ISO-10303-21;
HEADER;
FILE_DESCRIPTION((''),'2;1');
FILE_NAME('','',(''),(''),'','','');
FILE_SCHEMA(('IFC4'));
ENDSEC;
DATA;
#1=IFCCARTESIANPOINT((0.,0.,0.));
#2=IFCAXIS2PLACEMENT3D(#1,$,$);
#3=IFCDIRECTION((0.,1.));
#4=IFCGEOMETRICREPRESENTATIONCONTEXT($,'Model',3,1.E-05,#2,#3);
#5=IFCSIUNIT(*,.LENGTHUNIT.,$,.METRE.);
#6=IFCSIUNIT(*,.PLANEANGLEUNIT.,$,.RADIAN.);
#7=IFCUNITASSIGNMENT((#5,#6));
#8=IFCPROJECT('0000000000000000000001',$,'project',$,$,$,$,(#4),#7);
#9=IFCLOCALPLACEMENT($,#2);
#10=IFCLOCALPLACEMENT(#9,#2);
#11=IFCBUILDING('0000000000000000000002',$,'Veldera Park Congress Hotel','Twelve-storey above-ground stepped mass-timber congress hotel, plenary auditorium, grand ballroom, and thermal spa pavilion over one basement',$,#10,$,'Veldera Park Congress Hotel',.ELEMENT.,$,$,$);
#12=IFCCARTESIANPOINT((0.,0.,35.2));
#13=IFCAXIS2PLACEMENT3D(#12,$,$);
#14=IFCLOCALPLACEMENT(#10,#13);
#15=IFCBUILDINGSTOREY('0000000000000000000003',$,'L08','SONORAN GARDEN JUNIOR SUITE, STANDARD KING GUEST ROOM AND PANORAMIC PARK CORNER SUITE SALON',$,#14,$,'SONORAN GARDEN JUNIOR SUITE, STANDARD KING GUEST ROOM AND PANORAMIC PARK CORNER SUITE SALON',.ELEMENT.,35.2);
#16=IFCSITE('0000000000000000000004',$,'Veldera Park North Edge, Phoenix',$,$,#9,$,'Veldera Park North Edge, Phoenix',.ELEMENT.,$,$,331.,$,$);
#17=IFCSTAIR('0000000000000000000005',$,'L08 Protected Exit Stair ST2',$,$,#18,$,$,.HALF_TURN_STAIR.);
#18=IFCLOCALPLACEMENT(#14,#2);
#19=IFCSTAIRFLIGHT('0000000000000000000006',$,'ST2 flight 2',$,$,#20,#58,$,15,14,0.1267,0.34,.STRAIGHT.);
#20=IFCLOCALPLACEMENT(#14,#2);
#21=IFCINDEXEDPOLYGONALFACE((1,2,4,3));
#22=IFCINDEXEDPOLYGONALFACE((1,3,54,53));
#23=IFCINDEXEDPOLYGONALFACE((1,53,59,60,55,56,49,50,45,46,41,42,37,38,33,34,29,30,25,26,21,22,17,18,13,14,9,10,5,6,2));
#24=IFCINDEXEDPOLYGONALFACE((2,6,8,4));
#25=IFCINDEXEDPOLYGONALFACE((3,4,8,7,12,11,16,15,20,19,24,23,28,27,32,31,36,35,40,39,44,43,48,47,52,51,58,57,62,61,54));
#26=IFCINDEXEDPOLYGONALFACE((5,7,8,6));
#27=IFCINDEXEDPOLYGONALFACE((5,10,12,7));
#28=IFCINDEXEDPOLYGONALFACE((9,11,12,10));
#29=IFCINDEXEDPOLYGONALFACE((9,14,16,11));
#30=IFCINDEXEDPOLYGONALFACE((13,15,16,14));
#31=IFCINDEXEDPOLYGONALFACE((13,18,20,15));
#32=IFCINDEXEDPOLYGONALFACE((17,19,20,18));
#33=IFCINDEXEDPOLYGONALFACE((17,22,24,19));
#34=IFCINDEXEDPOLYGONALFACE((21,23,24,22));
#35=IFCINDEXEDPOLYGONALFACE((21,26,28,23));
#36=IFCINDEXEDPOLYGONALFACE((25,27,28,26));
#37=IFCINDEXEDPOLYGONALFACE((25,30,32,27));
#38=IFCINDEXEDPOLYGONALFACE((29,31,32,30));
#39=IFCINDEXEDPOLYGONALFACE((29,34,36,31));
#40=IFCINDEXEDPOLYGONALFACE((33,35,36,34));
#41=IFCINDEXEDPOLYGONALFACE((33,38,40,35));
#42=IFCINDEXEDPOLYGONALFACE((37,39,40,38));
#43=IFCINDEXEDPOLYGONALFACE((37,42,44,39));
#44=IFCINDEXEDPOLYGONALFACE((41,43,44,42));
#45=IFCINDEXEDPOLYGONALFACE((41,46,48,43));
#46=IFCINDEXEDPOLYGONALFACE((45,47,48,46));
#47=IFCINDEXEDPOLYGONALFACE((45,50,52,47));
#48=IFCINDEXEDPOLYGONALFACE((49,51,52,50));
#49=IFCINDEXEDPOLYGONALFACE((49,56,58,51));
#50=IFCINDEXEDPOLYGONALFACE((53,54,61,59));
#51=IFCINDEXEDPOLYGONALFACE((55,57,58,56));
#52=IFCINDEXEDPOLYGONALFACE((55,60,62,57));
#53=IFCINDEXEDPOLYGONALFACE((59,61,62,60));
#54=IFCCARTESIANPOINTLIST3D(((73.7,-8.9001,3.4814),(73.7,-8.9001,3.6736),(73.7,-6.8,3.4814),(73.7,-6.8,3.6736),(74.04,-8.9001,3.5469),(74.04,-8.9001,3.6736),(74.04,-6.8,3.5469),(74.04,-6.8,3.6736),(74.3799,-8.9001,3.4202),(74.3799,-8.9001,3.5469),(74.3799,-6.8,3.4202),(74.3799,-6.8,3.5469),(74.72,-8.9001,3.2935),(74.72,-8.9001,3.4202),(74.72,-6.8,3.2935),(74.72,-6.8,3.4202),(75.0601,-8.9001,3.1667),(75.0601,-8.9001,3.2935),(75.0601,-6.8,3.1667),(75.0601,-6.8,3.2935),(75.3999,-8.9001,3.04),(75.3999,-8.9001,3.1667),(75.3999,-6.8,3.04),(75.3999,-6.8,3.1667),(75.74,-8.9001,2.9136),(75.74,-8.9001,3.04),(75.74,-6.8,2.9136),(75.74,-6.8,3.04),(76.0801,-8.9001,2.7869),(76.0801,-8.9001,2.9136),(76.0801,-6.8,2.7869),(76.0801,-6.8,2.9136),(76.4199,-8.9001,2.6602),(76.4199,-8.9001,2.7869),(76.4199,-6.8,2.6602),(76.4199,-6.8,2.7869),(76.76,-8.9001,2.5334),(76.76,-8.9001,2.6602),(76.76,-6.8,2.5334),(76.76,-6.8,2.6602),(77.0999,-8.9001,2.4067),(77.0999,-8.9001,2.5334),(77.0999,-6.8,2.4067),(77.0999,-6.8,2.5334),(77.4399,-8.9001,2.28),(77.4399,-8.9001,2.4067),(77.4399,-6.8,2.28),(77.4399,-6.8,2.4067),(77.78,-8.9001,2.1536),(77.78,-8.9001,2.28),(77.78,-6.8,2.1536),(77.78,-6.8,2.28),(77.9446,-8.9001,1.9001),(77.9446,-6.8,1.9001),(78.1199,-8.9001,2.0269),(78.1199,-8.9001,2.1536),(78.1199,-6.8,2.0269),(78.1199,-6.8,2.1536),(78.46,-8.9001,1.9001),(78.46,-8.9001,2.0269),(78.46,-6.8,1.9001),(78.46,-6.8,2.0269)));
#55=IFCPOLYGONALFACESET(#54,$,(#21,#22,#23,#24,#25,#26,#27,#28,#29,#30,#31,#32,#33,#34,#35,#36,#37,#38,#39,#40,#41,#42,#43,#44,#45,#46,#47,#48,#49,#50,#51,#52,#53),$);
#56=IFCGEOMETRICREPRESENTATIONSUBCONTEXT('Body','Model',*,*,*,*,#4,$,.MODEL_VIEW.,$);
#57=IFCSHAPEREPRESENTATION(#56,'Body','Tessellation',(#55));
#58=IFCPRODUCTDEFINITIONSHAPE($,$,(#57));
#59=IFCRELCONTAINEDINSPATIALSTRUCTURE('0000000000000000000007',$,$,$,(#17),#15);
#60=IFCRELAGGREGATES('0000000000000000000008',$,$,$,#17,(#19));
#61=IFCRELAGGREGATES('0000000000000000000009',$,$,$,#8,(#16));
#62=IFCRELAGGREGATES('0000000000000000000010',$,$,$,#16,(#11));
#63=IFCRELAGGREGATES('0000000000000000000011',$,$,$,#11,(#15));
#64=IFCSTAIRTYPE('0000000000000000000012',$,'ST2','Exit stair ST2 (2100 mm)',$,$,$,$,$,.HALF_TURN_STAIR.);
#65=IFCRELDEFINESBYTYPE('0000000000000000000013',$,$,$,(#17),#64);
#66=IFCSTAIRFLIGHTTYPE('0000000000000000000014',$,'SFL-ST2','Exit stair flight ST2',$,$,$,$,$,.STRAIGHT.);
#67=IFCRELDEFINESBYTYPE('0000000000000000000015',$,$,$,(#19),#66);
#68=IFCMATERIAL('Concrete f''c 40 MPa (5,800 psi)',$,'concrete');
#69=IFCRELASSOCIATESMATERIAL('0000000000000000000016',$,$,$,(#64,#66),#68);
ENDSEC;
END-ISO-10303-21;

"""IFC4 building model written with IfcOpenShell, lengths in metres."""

from ifc_helpers import new_model, si_unit, direction, frame, origin, place, context, subcontext, project, spatial, polyline, outline, extrude, material, type_object, element, aggregate, save


model = new_model("IFC4")

# Units and contexts
model_context = context("Model", 3, precision=1e-05, world=origin(), true_north=direction((0.0, 1.0)))
body_context = subcontext(model_context, "Body", "Model", "MODEL_VIEW")
ifc_project = project(units=[si_unit("LENGTHUNIT", "METRE"), si_unit("PLANEANGLEUNIT", "RADIAN")], contexts=[model_context])

# Site, building, storey
site_placement = place(None, origin())
site = spatial("IfcSite", under=ifc_project, at=site_placement, Name="Veldera Park North Edge, Phoenix", LongName="Veldera Park North Edge, Phoenix", CompositionType="ELEMENT", RefElevation=331.0)
building_placement = place(site_placement, origin())
building = spatial("IfcBuilding", under=site, at=building_placement, Name="Veldera Park Congress Hotel", Description="Twelve-storey above-ground stepped mass-timber congress hotel, plenary auditorium, grand ballroom, and thermal spa pavilion over one basement", LongName="Veldera Park Congress Hotel", CompositionType="ELEMENT")
storey_placement = place(building_placement, frame((0.0, 0.0, 35.2)))
storey = spatial("IfcBuildingStorey", under=building, at=storey_placement, Name="L08", Description="SONORAN GARDEN JUNIOR SUITE, STANDARD KING GUEST ROOM AND PANORAMIC PARK CORNER SUITE SALON", LongName="SONORAN GARDEN JUNIOR SUITE, STANDARD KING GUEST ROOM AND PANORAMIC PARK CORNER SUITE SALON", CompositionType="ELEMENT", Elevation=35.2)

# Shared definitions
ifc_material_1 = material(Name="Concrete f'c 40 MPa (5,800 psi)", Category="concrete")

# Stair, stair flight
stair_type = type_object("IfcStairType", Name="ST2", Description="Exit stair ST2 (2100 mm)", PredefinedType="HALF_TURN_STAIR", material=ifc_material_1)
stair_placement = place(storey_placement, origin())
stair = element("IfcStair", 1, at=stair_placement, inside=storey, type_object=stair_type, Name="L08 Protected Exit Stair ST2", PredefinedType="HALF_TURN_STAIR")
stair_flight_type = type_object("IfcStairFlightType", Name="SFL-ST2", Description="Exit stair flight ST2", PredefinedType="STRAIGHT", material=ifc_material_1)
stair_flight_placement = place(storey_placement, frame((78.46, -7.8501, 1.9001), z_axis=(0.0, 0.0, 1.0), x_axis=(-1.0, 0.0, 0.0)))
stair_flight = element("IfcStairFlight", 2, at=stair_flight_placement, type_object=stair_flight_type, Name="ST2 flight 2", NumberOfRisers=15, NumberOfTreads=14, PredefinedType="STRAIGHT", RiserHeight=0.1267, TreadLength=0.34, context=body_context, shape_type="SweptSolid", body=[
    extrude(outline(polyline([(0.0, 0.0), (0.0, 0.1267), (0.3401, 0.1267), (0.3401, 0.2534), (0.6799, 0.2534), (0.6799, 0.3799), (1.02, 0.3799), (1.02, 0.5066), (1.3601, 0.5066), (1.3601, 0.6333), (1.7, 0.6333), (1.7, 0.76), (2.04, 0.76), (2.04, 0.8867), (2.3799, 0.8867), (2.3799, 1.0134), (2.72, 1.0134), (2.72, 1.1399), (3.0601, 1.1399), (3.0601, 1.2666), (3.3999, 1.2666), (3.3999, 1.3933), (3.74, 1.3933), (3.74, 1.52), (4.0801, 1.52), (4.0801, 1.6467), (4.4199, 1.6467), (4.4199, 1.7734), (4.76, 1.7734), (4.76, 1.8999), (4.76, 1.8999), (4.76, 1.5813), (0.5154, 0.0), (0.0, 0.0)])), frame((0.0, 1.05, 0.0), z_axis=(0.0, -1.0, 0.0), x_axis=(1.0, 0.0, 0.0)), (0.0, 0.0, 1.0), 2.1001),
])
aggregate(stair, [stair_flight])

save(model, "model.ifc")
